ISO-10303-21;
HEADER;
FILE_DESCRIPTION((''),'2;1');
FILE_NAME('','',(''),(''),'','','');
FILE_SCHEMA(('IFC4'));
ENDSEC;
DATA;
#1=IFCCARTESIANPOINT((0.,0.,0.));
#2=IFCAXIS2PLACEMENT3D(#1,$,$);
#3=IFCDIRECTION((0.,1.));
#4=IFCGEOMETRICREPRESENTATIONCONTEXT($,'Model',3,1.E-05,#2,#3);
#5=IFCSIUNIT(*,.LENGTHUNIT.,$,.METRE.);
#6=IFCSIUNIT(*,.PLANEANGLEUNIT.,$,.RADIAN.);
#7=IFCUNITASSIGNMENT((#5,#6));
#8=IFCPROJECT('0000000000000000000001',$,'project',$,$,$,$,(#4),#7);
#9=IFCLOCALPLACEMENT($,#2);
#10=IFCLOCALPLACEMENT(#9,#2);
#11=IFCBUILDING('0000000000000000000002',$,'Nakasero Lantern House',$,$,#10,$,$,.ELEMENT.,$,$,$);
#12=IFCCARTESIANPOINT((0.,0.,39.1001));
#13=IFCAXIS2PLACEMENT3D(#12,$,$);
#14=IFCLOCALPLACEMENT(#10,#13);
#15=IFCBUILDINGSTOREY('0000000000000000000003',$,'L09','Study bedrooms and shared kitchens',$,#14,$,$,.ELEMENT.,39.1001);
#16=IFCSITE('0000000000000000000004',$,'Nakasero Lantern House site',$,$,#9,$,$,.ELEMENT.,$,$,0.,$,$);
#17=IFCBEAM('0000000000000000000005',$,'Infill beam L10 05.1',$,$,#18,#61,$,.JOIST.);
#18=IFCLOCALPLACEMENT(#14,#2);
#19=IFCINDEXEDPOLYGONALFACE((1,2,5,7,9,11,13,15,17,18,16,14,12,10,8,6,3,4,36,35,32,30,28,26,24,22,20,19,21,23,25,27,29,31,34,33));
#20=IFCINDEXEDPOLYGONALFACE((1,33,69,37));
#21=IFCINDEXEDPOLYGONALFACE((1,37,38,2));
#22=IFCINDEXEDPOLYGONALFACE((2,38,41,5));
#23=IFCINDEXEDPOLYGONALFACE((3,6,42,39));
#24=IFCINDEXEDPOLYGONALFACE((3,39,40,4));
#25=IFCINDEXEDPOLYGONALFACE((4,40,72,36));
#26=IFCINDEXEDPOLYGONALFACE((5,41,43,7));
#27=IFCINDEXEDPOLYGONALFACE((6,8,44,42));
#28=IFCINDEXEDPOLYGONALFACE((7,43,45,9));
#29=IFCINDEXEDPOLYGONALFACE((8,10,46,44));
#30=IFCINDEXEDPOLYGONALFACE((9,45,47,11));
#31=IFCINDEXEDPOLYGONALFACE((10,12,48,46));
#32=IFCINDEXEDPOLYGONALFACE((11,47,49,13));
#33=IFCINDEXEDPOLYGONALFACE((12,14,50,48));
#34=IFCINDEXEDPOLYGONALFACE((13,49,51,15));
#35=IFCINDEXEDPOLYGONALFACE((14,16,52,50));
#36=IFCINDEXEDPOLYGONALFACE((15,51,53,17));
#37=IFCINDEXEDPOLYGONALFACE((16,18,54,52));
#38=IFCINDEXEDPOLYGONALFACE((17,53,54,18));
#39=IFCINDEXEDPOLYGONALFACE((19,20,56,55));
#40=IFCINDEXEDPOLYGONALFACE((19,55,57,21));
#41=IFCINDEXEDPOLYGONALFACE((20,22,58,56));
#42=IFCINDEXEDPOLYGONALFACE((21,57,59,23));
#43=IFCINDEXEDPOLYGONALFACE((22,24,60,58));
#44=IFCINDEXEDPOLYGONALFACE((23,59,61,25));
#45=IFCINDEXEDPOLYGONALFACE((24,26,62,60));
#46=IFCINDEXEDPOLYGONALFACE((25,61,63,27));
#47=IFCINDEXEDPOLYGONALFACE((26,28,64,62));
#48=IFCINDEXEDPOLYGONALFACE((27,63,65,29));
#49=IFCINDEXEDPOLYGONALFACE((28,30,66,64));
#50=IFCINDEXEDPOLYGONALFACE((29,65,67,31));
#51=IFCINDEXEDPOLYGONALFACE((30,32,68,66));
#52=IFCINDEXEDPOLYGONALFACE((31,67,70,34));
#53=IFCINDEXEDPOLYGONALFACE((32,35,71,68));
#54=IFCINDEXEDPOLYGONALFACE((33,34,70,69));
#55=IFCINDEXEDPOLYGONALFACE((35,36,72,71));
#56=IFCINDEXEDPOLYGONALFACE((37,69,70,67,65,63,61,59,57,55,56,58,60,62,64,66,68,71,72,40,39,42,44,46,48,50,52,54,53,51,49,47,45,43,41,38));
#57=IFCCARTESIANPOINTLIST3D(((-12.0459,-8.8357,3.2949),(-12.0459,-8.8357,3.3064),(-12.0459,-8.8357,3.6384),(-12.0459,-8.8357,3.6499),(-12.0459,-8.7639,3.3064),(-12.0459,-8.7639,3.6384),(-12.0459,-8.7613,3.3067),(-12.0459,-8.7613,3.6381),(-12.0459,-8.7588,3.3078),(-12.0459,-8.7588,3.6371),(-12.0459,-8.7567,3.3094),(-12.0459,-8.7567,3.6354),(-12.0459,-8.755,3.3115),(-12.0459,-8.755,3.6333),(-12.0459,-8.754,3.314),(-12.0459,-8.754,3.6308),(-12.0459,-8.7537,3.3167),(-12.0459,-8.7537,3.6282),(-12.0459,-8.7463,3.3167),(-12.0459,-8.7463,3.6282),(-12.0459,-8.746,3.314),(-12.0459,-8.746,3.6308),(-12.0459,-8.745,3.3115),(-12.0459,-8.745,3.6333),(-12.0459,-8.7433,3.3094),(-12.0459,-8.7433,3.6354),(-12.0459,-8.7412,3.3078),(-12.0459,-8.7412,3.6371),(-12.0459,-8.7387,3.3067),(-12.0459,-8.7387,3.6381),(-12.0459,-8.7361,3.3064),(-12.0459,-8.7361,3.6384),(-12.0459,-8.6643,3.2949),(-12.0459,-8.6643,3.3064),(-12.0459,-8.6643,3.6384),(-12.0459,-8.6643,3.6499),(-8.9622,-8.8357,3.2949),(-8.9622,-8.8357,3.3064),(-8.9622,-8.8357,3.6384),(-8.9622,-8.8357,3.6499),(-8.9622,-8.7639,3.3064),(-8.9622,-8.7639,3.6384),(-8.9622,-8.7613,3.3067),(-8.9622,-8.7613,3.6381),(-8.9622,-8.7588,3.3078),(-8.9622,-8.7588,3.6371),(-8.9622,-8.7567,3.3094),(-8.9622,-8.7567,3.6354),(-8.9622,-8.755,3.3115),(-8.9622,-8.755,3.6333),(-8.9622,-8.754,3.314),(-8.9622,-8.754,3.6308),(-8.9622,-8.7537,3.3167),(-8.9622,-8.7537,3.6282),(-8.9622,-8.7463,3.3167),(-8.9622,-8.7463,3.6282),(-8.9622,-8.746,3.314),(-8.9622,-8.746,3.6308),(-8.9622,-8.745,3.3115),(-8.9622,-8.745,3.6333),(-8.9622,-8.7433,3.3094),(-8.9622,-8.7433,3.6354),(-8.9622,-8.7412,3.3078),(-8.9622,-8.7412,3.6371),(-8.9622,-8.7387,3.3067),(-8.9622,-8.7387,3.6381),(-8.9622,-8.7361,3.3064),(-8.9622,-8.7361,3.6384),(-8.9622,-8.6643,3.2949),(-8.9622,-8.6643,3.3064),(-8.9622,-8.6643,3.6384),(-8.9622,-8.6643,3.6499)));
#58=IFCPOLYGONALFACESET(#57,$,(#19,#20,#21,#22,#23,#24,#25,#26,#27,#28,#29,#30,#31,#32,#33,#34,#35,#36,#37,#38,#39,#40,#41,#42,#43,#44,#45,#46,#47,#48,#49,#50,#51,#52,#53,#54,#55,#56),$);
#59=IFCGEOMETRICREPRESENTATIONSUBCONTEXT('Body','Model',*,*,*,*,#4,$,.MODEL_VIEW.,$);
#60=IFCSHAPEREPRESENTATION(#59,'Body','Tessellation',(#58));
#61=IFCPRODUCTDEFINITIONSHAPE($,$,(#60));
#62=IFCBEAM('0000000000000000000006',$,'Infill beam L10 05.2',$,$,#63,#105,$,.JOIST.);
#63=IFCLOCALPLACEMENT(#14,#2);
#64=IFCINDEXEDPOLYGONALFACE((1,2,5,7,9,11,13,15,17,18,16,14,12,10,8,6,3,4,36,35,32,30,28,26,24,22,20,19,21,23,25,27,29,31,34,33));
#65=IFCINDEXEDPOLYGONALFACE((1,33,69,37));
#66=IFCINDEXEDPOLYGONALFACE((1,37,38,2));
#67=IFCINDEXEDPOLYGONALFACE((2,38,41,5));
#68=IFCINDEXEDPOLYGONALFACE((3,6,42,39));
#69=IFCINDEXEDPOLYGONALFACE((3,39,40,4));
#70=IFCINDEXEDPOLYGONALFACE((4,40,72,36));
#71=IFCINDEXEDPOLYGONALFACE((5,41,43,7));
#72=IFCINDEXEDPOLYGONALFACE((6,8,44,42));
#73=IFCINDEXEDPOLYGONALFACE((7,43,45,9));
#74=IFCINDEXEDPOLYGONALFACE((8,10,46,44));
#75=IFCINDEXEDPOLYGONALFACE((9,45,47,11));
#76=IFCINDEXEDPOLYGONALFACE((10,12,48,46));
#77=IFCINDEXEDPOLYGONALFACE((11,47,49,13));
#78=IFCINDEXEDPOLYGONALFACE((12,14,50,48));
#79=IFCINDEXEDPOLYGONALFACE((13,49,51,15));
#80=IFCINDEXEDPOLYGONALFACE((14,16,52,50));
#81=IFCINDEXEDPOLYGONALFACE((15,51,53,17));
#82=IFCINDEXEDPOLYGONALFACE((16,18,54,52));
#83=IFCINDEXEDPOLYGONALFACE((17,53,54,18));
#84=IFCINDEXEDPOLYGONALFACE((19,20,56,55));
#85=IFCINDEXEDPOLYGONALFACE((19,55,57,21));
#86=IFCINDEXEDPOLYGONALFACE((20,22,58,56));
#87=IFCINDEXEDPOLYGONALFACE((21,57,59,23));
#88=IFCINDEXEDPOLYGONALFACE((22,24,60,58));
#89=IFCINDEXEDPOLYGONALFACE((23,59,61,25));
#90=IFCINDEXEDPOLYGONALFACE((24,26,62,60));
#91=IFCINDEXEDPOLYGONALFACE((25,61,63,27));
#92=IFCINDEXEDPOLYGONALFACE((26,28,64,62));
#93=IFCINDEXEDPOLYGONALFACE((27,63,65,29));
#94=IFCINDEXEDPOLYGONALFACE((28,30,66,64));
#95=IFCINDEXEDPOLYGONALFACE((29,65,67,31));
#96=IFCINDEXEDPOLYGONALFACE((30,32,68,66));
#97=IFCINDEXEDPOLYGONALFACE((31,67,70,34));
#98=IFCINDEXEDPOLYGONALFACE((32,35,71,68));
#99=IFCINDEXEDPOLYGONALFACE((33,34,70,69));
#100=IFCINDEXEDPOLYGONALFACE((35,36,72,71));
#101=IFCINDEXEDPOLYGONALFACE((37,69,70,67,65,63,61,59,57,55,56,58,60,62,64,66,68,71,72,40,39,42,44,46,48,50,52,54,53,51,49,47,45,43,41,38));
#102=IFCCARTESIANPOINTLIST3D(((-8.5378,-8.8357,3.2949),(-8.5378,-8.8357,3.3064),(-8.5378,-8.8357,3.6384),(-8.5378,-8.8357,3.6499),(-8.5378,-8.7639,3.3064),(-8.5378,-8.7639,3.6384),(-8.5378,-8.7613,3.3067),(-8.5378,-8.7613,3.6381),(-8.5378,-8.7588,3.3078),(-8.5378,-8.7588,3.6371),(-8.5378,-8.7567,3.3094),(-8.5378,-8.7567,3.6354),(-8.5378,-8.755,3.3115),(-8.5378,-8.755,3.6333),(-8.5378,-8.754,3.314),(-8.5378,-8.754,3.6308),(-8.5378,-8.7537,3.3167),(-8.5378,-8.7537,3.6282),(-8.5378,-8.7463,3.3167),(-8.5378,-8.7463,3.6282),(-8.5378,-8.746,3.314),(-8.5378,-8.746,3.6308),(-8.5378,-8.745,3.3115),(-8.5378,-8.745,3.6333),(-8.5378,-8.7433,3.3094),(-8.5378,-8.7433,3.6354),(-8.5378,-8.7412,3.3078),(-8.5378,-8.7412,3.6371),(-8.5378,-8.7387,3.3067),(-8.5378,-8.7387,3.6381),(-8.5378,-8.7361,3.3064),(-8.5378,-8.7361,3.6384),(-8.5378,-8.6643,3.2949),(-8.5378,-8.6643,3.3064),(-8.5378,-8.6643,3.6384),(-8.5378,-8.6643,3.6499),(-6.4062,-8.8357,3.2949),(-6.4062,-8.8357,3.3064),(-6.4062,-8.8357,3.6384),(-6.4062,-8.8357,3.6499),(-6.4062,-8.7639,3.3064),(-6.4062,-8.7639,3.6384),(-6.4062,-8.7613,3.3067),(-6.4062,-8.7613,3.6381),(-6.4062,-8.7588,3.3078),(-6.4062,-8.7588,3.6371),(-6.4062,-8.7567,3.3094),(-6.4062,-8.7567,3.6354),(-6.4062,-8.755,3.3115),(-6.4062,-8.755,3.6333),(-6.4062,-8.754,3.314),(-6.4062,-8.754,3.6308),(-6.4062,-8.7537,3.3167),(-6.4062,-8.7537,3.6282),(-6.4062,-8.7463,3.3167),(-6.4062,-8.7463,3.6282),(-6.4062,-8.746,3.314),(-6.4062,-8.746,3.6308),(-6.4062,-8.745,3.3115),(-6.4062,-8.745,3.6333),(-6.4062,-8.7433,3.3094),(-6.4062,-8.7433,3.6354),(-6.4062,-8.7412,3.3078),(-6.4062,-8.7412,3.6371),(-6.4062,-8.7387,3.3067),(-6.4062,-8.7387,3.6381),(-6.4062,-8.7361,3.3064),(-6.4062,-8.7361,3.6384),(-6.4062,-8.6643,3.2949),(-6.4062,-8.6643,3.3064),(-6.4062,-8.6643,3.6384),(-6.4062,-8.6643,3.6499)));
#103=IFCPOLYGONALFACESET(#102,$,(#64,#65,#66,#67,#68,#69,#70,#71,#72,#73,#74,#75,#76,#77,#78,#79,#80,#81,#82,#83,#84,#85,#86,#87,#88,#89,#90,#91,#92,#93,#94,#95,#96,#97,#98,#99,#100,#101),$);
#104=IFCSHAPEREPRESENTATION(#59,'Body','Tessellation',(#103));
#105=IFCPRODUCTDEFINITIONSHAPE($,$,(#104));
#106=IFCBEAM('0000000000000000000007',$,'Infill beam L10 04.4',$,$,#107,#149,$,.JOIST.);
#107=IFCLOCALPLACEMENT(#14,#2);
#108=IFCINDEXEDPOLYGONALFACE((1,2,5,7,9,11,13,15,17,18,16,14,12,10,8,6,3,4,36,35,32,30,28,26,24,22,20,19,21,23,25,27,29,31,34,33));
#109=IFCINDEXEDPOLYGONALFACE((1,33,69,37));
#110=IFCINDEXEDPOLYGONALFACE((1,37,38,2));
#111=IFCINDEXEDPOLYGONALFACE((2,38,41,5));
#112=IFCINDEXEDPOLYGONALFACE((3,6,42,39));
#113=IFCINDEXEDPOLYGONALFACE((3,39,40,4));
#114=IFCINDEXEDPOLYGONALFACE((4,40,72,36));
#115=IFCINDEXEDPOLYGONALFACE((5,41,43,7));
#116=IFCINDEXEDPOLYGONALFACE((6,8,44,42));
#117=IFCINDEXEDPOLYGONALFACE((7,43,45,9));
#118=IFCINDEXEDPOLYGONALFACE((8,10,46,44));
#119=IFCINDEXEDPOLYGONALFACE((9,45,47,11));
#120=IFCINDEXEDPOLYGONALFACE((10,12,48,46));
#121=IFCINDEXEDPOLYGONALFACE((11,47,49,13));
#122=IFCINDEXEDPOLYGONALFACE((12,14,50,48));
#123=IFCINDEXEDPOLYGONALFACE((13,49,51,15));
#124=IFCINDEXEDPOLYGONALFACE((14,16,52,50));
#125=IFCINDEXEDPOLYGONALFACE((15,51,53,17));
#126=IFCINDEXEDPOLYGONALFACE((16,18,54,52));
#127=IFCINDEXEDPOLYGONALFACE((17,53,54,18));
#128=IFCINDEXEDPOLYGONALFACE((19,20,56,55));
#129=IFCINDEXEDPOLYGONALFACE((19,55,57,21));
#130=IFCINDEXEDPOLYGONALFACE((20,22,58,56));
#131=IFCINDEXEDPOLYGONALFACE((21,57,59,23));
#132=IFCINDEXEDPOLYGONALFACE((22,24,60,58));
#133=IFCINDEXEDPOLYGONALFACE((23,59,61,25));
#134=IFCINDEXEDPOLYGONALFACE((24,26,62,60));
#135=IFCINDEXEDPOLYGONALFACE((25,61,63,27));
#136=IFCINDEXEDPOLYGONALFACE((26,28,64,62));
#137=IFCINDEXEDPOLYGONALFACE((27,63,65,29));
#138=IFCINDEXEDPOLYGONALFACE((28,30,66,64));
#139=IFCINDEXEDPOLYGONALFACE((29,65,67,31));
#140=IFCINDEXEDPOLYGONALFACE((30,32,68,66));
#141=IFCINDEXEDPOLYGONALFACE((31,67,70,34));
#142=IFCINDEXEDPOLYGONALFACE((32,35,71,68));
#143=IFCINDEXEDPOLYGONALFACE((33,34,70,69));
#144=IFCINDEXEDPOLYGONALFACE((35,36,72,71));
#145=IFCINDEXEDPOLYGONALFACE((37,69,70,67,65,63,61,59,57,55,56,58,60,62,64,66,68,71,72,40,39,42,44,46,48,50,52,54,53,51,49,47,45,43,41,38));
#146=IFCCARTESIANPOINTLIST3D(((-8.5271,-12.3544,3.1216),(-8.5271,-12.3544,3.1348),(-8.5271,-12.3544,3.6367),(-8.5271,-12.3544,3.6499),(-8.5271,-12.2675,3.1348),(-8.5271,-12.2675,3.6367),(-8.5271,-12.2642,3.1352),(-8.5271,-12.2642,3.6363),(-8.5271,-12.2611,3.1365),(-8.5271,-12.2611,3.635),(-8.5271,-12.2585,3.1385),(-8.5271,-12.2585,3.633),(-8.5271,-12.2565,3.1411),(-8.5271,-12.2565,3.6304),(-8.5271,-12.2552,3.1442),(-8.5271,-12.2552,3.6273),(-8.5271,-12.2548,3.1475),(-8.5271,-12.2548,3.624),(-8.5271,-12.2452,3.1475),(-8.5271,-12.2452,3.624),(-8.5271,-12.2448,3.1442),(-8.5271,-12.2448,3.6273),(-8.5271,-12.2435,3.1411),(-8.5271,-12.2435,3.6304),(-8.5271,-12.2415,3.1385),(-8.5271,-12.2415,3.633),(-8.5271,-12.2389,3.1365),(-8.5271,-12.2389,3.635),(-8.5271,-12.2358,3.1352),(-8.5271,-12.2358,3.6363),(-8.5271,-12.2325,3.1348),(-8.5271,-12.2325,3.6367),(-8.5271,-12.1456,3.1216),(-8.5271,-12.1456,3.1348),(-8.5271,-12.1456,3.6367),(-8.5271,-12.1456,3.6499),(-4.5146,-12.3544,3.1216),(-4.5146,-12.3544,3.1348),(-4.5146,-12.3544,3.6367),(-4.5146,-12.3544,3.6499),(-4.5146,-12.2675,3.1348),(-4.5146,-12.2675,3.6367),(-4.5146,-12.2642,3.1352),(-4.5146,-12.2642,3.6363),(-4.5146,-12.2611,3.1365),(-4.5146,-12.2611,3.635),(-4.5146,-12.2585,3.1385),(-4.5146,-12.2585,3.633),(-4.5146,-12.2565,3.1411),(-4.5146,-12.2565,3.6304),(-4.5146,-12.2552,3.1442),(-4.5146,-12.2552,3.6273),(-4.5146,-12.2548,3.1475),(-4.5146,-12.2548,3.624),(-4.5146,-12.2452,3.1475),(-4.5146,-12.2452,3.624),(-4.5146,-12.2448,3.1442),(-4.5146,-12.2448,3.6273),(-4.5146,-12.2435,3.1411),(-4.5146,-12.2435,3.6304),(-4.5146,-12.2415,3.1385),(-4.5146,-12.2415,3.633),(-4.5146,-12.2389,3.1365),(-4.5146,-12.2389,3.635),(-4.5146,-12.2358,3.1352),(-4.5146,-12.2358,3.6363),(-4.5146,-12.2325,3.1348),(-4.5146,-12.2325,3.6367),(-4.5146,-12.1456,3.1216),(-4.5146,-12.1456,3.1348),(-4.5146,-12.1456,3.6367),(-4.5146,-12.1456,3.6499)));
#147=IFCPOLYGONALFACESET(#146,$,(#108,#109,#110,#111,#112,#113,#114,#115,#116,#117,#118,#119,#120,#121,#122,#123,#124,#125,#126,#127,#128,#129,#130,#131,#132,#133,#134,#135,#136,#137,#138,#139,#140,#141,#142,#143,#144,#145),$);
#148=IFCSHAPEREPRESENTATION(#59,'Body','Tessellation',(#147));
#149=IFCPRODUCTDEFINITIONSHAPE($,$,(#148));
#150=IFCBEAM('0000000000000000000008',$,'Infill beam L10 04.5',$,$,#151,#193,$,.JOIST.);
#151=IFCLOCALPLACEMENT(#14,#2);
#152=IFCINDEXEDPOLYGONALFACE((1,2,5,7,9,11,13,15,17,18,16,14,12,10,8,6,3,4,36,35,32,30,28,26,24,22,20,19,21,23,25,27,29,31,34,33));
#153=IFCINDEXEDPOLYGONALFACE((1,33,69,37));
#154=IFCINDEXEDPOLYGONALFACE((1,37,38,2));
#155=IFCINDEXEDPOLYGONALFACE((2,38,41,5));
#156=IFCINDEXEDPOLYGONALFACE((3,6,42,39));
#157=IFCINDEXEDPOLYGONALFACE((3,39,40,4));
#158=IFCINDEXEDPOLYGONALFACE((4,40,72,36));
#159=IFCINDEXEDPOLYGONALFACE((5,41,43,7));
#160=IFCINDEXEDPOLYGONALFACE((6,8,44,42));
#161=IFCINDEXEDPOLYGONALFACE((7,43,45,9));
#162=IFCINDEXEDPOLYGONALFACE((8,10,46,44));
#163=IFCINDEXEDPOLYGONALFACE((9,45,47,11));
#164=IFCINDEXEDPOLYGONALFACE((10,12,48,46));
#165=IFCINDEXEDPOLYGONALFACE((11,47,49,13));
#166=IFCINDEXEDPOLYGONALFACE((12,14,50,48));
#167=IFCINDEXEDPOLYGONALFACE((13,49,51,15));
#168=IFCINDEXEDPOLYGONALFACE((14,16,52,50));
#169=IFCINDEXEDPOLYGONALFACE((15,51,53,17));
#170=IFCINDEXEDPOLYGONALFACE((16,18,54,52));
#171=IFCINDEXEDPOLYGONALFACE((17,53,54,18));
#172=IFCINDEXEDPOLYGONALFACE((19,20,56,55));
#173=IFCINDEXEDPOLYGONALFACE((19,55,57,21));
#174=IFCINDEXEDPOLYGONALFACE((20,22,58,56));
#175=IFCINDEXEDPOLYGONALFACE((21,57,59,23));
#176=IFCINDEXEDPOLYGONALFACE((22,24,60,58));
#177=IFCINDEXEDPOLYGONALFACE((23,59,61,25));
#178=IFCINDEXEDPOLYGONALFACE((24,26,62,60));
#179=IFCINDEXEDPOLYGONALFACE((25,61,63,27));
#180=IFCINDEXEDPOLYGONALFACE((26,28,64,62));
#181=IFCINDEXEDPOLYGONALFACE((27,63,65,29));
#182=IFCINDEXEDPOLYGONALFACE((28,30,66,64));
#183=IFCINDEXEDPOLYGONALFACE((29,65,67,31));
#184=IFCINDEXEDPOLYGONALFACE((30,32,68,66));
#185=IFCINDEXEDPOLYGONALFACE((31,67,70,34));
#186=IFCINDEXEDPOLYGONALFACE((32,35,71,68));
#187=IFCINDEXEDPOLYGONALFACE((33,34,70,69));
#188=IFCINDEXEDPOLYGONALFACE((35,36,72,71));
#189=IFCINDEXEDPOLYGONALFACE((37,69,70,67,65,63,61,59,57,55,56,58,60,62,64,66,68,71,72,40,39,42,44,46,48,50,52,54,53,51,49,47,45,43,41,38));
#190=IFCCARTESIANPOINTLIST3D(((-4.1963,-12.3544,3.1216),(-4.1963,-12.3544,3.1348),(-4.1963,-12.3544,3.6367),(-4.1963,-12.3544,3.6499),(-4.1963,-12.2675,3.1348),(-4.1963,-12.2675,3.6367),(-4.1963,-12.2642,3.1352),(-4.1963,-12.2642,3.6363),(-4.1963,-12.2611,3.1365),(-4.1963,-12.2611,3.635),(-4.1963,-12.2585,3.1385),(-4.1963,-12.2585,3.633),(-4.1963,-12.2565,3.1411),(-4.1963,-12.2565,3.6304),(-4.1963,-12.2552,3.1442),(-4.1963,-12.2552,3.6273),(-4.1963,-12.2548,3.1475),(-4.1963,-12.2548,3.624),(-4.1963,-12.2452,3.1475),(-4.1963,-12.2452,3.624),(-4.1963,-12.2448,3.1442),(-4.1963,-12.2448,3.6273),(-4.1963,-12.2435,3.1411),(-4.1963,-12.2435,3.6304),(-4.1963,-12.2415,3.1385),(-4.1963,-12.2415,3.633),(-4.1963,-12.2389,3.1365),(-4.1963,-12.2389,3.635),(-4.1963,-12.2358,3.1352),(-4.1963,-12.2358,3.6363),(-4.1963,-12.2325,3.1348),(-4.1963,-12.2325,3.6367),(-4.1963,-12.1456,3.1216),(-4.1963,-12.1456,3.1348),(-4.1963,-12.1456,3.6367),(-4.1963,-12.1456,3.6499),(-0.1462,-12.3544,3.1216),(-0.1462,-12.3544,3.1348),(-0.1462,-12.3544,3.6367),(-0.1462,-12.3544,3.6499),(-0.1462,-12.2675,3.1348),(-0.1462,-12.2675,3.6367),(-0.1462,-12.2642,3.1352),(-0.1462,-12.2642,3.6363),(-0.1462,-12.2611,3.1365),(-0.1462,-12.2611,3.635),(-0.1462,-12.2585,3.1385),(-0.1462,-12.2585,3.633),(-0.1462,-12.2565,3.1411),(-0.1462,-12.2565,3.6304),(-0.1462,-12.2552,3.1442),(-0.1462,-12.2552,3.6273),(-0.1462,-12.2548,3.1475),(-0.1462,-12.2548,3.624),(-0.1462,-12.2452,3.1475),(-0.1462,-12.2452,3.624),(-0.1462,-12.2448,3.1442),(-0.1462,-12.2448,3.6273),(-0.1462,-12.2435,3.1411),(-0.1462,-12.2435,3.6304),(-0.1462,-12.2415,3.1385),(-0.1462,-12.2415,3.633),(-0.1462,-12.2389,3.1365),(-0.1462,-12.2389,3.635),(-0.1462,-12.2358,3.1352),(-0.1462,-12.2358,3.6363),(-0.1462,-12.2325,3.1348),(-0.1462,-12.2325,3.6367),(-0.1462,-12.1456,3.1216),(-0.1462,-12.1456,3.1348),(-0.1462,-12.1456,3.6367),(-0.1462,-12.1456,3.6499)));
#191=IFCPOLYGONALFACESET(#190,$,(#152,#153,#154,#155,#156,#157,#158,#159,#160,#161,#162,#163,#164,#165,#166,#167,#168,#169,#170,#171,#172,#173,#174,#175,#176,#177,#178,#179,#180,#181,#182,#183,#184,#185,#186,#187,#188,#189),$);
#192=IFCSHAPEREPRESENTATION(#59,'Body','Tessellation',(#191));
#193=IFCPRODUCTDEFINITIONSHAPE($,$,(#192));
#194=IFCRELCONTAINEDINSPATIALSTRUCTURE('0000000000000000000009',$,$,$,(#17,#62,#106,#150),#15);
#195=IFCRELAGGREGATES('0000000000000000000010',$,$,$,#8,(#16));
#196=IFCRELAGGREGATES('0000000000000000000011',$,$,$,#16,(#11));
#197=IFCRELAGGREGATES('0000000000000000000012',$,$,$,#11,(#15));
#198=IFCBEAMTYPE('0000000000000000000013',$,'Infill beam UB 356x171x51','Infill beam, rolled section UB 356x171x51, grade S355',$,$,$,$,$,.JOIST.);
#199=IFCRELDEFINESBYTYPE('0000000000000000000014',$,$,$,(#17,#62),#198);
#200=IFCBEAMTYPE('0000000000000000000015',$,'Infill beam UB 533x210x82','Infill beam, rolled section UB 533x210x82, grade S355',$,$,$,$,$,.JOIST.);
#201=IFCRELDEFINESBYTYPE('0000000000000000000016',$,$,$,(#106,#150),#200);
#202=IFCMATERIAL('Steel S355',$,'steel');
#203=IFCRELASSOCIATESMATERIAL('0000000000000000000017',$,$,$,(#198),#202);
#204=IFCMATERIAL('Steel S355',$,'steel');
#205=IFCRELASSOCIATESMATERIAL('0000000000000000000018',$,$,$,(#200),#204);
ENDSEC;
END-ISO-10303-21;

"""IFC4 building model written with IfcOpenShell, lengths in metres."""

from ifc_helpers import new_model, si_unit, direction, frame, origin, origin_2d, place, context, subcontext, project, spatial, i_section, extrude, material, material_profile, profile_set, type_object, element, save


model = new_model("IFC4")

# Units and contexts
model_context = context("Model", 3, precision=1e-05, world=origin(), true_north=direction((0.0, 1.0)))
body_context = subcontext(model_context, "Body", "Model", "MODEL_VIEW")
ifc_project = project(units=[si_unit("LENGTHUNIT", "METRE"), si_unit("PLANEANGLEUNIT", "RADIAN")], contexts=[model_context])

# Site, building, storey
site_placement = place(None, origin())
site = spatial("IfcSite", under=ifc_project, at=site_placement, Name="Nakasero Lantern House site", CompositionType="ELEMENT", RefElevation=0.0)
building_placement = place(site_placement, origin())
building = spatial("IfcBuilding", under=site, at=building_placement, Name="Nakasero Lantern House", CompositionType="ELEMENT")
storey_placement = place(building_placement, frame((0.0, 0.0, 39.1001)))
storey = spatial("IfcBuildingStorey", under=building, at=storey_placement, Name="L09", Description="Study bedrooms and shared kitchens", CompositionType="ELEMENT", Elevation=39.1001)

# Beams
ifc_material_1 = material(Name="Steel S355", Category="steel")
ifc_material_profile_1 = material_profile(ifc_material_1, i_section(OverallWidth=0.1714, OverallDepth=0.355, WebThickness=0.0073, FlangeThickness=0.0115, FilletRadius=0.0103, at=origin_2d()), Name="UB 356x171x51")
ifc_profile_set_1 = profile_set([ifc_material_profile_1], Name="Steel S355")
beam_type_1 = type_object("IfcBeamType", Name="Infill beam UB 356x171x51", Description="Infill beam, rolled section UB 356x171x51, grade S355", PredefinedType="JOIST", material=ifc_profile_set_1)
beam_1_placement = place(storey_placement, frame((-12.0459, -8.75, 3.4724), z_axis=(1.0, 0.0, 0.0), x_axis=(0.0, 1.0, 0.0)))
element("IfcBeam", 1, at=beam_1_placement, inside=storey, type_object=beam_type_1, Name="Infill beam L10 05.1", PredefinedType="JOIST", context=body_context, shape_type="SweptSolid", body=[
    extrude(i_section(OverallWidth=0.1714, OverallDepth=0.355, WebThickness=0.0073, FlangeThickness=0.0115, FilletRadius=0.0103, at=origin_2d()), origin(), (0.0, 0.0, 1.0), 3.0837),
])
beam_2_placement = place(storey_placement, frame((-8.5378, -8.75, 3.4724), z_axis=(1.0, 0.0, 0.0), x_axis=(0.0, 1.0, 0.0)))
element("IfcBeam", 2, at=beam_2_placement, inside=storey, type_object=beam_type_1, Name="Infill beam L10 05.2", PredefinedType="JOIST", context=body_context, shape_type="SweptSolid", body=[
    extrude(i_section(OverallWidth=0.1714, OverallDepth=0.355, WebThickness=0.0073, FlangeThickness=0.0115, FilletRadius=0.0103, at=origin_2d()), origin(), (0.0, 0.0, 1.0), 2.1316),
])
ifc_material_2 = material(Name="Steel S355", Category="steel")
ifc_material_profile_2 = material_profile(ifc_material_2, i_section(OverallWidth=0.2087, OverallDepth=0.5283, WebThickness=0.0095, FlangeThickness=0.0132, FilletRadius=0.0127, at=origin_2d()), Name="UB 533x210x82")
ifc_profile_set_2 = profile_set([ifc_material_profile_2], Name="Steel S355")
beam_type_2 = type_object("IfcBeamType", Name="Infill beam UB 533x210x82", Description="Infill beam, rolled section UB 533x210x82, grade S355", PredefinedType="JOIST", material=ifc_profile_set_2)
beam_3_placement = place(storey_placement, frame((-8.5271, -12.25, 3.3857), z_axis=(1.0, 0.0, 0.0), x_axis=(0.0, 1.0, 0.0)))
element("IfcBeam", 3, at=beam_3_placement, inside=storey, type_object=beam_type_2, Name="Infill beam L10 04.4", PredefinedType="JOIST", context=body_context, shape_type="SweptSolid", body=[
    extrude(i_section(OverallWidth=0.2087, OverallDepth=0.5283, WebThickness=0.0095, FlangeThickness=0.0132, FilletRadius=0.0127, at=origin_2d()), origin(), (0.0, 0.0, 1.0), 4.0125),
])
beam_4_placement = place(storey_placement, frame((-4.1963, -12.25, 3.3857), z_axis=(1.0, 0.0, 0.0), x_axis=(0.0, 1.0, 0.0)))
element("IfcBeam", 4, at=beam_4_placement, inside=storey, type_object=beam_type_2, Name="Infill beam L10 04.5", PredefinedType="JOIST", context=body_context, shape_type="SweptSolid", body=[
    extrude(i_section(OverallWidth=0.2087, OverallDepth=0.5283, WebThickness=0.0095, FlangeThickness=0.0132, FilletRadius=0.0127, at=origin_2d()), origin(), (0.0, 0.0, 1.0), 4.05),
])

save(model, "model.ifc")
